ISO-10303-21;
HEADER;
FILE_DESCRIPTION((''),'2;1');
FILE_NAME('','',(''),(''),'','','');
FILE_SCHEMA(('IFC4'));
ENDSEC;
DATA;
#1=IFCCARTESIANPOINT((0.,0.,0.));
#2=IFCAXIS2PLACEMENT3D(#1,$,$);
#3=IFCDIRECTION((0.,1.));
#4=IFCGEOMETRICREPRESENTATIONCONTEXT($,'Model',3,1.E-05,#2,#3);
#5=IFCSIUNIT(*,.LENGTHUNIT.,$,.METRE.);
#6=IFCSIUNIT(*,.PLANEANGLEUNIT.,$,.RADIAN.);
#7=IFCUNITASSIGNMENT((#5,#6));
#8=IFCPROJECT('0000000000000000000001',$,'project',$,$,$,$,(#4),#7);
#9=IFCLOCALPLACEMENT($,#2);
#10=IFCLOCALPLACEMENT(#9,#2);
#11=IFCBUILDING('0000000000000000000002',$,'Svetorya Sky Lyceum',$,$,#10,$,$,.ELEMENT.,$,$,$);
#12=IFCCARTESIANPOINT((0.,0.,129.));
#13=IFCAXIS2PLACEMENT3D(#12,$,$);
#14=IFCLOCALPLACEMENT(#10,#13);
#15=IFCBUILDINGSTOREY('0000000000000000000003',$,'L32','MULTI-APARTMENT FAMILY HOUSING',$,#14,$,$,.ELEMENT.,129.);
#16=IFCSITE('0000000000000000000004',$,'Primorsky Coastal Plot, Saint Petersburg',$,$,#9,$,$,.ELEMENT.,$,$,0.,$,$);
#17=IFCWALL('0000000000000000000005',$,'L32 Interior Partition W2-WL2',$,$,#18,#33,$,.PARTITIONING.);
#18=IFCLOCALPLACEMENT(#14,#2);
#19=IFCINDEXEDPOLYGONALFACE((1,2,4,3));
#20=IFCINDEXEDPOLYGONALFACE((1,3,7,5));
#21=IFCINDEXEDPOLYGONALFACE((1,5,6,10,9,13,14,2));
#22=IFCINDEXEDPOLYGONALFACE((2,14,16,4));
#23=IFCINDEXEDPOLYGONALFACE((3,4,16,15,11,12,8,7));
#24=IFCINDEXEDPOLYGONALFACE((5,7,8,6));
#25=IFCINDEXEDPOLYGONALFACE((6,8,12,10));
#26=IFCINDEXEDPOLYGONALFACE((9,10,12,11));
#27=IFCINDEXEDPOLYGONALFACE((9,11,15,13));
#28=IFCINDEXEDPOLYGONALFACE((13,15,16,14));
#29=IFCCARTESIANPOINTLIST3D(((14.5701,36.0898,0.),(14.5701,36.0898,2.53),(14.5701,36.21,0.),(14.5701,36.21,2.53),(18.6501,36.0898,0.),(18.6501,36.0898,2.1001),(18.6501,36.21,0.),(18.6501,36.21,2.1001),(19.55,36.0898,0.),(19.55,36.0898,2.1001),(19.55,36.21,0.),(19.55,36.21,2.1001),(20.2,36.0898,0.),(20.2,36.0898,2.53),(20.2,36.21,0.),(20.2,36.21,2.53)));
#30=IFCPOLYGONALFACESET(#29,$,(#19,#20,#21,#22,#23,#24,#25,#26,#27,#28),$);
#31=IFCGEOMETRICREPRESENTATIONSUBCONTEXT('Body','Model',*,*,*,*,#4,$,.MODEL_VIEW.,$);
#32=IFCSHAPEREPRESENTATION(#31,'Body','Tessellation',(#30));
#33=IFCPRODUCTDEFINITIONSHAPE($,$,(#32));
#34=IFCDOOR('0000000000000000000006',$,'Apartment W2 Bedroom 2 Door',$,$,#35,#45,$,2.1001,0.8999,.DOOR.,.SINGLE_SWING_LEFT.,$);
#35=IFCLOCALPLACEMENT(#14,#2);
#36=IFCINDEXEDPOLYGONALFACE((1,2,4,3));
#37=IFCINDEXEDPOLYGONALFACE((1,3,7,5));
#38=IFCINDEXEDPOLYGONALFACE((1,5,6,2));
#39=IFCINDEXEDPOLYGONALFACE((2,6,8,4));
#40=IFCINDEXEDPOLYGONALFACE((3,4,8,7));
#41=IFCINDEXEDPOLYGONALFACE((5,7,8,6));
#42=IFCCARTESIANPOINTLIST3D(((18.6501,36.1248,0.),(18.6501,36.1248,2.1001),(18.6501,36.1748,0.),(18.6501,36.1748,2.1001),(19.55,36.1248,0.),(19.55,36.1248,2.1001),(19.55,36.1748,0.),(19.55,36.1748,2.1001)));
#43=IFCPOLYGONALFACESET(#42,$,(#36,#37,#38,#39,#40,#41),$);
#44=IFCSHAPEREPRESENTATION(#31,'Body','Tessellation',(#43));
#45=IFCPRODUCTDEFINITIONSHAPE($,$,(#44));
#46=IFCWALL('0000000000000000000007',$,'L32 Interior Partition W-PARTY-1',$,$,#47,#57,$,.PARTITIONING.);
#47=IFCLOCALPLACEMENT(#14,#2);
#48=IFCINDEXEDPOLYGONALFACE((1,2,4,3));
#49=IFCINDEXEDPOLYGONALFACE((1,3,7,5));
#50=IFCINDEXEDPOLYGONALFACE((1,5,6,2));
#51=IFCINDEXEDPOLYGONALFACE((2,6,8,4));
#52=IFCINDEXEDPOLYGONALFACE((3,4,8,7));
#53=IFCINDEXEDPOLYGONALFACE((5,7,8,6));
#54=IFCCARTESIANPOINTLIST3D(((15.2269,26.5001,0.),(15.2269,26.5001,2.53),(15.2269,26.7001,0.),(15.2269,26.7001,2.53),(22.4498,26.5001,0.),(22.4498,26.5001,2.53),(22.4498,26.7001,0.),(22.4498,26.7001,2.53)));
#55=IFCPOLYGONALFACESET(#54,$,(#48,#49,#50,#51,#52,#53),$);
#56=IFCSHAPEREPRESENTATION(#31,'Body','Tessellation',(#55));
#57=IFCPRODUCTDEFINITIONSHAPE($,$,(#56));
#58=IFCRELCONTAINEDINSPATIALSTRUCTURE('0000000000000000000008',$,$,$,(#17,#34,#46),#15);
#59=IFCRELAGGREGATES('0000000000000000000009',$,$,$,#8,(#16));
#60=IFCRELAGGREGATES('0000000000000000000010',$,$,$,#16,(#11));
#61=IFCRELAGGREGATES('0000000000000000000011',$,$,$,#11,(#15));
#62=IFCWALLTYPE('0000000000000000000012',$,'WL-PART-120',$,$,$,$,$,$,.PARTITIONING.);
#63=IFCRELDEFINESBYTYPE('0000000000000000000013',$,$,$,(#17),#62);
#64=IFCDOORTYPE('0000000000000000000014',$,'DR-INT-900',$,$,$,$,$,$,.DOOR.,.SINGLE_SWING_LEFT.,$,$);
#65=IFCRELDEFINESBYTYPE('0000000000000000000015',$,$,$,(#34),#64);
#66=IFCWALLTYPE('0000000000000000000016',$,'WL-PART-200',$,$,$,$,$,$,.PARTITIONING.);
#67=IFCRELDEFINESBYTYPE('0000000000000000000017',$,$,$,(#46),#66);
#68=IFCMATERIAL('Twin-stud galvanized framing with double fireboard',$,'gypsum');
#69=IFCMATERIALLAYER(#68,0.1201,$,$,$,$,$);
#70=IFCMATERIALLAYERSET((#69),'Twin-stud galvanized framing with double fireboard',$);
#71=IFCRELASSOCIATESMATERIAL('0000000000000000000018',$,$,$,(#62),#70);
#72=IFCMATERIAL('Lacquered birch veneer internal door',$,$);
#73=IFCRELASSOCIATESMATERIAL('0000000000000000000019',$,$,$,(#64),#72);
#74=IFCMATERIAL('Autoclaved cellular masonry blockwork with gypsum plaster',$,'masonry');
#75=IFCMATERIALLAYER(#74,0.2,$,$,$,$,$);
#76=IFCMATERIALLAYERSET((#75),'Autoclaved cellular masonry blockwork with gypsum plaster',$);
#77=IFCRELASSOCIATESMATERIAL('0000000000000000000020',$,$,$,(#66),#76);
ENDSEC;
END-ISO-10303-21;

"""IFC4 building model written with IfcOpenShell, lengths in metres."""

from ifc_helpers import new_model, si_unit, direction, frame, frame_2d, origin, place, context, subcontext, project, spatial, rectangle, extrude, material, layer, layer_set, type_object, element, fill, save


model = new_model("IFC4")

# Units and contexts
model_context = context("Model", 3, precision=1e-05, world=origin(), true_north=direction((0.0, 1.0)))
body_context = subcontext(model_context, "Body", "Model", "MODEL_VIEW")
ifc_project = project(units=[si_unit("LENGTHUNIT", "METRE"), si_unit("PLANEANGLEUNIT", "RADIAN")], contexts=[model_context])

# Site, building, storey
site_placement = place(None, origin())
site = spatial("IfcSite", under=ifc_project, at=site_placement, Name="Primorsky Coastal Plot, Saint Petersburg", CompositionType="ELEMENT", RefElevation=0.0)
building_placement = place(site_placement, origin())
building = spatial("IfcBuilding", under=site, at=building_placement, Name="Svetorya Sky Lyceum", CompositionType="ELEMENT")
storey_placement = place(building_placement, frame((0.0, 0.0, 129.0)))
storey = spatial("IfcBuildingStorey", under=building, at=storey_placement, Name="L32", Description="MULTI-APARTMENT FAMILY HOUSING", CompositionType="ELEMENT", Elevation=129.0)

# Shared definitions
ifc_material_1 = material(Name="Twin-stud galvanized framing with double fireboard", Category="gypsum")
ifc_layer_1 = layer(ifc_material_1, 0.1201)
ifc_layer_set_1 = layer_set([ifc_layer_1], Name="Twin-stud galvanized framing with double fireboard")
wall_type_1 = type_object("IfcWallType", Name="WL-PART-120", PredefinedType="PARTITIONING", material=ifc_layer_set_1)

# Wall, opening, door
ifc_material_2 = material(Name="Lacquered birch veneer internal door")
door_type_1 = type_object("IfcDoorType", Name="DR-INT-900", OperationType="SINGLE_SWING_LEFT", PredefinedType="DOOR", material=ifc_material_2)
wall_1_placement = place(storey_placement, frame((14.5701, 36.1499, 0.0), z_axis=(0.0, 0.0, 1.0), x_axis=(1.0, 0.0, 0.0)))
wall_1 = element("IfcWall", 1, at=wall_1_placement, inside=storey, type_object=wall_type_1, Name="L32 Interior Partition W2-WL2", PredefinedType="PARTITIONING", context=body_context, shape_type="SweptSolid", body=[
    extrude(rectangle(XDim=5.6299, YDim=0.1201, at=frame_2d((2.8149, 0.0))), origin(), (0.0, 0.0, 1.0), 2.53),
])
opening_1_placement = place(wall_1_placement, frame((4.0801, 0.0, 0.0)))
opening_1 = element("IfcOpeningElement", 2, at=opening_1_placement, cuts=wall_1, PredefinedType="OPENING", context=body_context, shape_type="SweptSolid", body=[
    extrude(rectangle(XDim=0.8999, YDim=2.1001, at=frame_2d((0.45, 1.05))), frame((0.0, 0.0701, 0.0), z_axis=(0.0, -1.0, 0.0), x_axis=(1.0, 0.0, 0.0)), (0.0, 0.0, 1.0), 0.1401),
])
door_1_placement = place(opening_1_placement, origin())
door_1 = element("IfcDoor", 3, at=door_1_placement, inside=storey, type_object=door_type_1, Name="Apartment W2 Bedroom 2 Door", OperationType="SINGLE_SWING_LEFT", OverallHeight=2.1001, OverallWidth=0.8999, PredefinedType="DOOR", context=body_context, shape_type="SweptSolid", body=[
    extrude(rectangle(XDim=0.8999, YDim=2.1001, at=frame_2d((0.45, 1.05))), frame((0.0, 0.0249, 0.0), z_axis=(0.0, -1.0, 0.0), x_axis=(1.0, 0.0, 0.0)), (0.0, 0.0, 1.0), 0.05),
])
fill(opening_1, door_1)

# Wall
ifc_material_3 = material(Name="Autoclaved cellular masonry blockwork with gypsum plaster", Category="masonry")
ifc_layer_2 = layer(ifc_material_3, 0.2)
ifc_layer_set_2 = layer_set([ifc_layer_2], Name="Autoclaved cellular masonry blockwork with gypsum plaster")
wall_type_2 = type_object("IfcWallType", Name="WL-PART-200", PredefinedType="PARTITIONING", material=ifc_layer_set_2)
wall_2_placement = place(storey_placement, frame((15.2271, 26.6001, 0.0), z_axis=(0.0, 0.0, 1.0), x_axis=(1.0, 0.0, 0.0)))
element("IfcWall", 4, at=wall_2_placement, inside=storey, type_object=wall_type_2, Name="L32 Interior Partition W-PARTY-1", PredefinedType="PARTITIONING", context=body_context, shape_type="SweptSolid", body=[
    extrude(rectangle(XDim=7.2229, YDim=0.2, at=frame_2d((3.6113, 0.0))), origin(), (0.0, 0.0, 1.0), 2.53),
])

save(model, "model.ifc")
